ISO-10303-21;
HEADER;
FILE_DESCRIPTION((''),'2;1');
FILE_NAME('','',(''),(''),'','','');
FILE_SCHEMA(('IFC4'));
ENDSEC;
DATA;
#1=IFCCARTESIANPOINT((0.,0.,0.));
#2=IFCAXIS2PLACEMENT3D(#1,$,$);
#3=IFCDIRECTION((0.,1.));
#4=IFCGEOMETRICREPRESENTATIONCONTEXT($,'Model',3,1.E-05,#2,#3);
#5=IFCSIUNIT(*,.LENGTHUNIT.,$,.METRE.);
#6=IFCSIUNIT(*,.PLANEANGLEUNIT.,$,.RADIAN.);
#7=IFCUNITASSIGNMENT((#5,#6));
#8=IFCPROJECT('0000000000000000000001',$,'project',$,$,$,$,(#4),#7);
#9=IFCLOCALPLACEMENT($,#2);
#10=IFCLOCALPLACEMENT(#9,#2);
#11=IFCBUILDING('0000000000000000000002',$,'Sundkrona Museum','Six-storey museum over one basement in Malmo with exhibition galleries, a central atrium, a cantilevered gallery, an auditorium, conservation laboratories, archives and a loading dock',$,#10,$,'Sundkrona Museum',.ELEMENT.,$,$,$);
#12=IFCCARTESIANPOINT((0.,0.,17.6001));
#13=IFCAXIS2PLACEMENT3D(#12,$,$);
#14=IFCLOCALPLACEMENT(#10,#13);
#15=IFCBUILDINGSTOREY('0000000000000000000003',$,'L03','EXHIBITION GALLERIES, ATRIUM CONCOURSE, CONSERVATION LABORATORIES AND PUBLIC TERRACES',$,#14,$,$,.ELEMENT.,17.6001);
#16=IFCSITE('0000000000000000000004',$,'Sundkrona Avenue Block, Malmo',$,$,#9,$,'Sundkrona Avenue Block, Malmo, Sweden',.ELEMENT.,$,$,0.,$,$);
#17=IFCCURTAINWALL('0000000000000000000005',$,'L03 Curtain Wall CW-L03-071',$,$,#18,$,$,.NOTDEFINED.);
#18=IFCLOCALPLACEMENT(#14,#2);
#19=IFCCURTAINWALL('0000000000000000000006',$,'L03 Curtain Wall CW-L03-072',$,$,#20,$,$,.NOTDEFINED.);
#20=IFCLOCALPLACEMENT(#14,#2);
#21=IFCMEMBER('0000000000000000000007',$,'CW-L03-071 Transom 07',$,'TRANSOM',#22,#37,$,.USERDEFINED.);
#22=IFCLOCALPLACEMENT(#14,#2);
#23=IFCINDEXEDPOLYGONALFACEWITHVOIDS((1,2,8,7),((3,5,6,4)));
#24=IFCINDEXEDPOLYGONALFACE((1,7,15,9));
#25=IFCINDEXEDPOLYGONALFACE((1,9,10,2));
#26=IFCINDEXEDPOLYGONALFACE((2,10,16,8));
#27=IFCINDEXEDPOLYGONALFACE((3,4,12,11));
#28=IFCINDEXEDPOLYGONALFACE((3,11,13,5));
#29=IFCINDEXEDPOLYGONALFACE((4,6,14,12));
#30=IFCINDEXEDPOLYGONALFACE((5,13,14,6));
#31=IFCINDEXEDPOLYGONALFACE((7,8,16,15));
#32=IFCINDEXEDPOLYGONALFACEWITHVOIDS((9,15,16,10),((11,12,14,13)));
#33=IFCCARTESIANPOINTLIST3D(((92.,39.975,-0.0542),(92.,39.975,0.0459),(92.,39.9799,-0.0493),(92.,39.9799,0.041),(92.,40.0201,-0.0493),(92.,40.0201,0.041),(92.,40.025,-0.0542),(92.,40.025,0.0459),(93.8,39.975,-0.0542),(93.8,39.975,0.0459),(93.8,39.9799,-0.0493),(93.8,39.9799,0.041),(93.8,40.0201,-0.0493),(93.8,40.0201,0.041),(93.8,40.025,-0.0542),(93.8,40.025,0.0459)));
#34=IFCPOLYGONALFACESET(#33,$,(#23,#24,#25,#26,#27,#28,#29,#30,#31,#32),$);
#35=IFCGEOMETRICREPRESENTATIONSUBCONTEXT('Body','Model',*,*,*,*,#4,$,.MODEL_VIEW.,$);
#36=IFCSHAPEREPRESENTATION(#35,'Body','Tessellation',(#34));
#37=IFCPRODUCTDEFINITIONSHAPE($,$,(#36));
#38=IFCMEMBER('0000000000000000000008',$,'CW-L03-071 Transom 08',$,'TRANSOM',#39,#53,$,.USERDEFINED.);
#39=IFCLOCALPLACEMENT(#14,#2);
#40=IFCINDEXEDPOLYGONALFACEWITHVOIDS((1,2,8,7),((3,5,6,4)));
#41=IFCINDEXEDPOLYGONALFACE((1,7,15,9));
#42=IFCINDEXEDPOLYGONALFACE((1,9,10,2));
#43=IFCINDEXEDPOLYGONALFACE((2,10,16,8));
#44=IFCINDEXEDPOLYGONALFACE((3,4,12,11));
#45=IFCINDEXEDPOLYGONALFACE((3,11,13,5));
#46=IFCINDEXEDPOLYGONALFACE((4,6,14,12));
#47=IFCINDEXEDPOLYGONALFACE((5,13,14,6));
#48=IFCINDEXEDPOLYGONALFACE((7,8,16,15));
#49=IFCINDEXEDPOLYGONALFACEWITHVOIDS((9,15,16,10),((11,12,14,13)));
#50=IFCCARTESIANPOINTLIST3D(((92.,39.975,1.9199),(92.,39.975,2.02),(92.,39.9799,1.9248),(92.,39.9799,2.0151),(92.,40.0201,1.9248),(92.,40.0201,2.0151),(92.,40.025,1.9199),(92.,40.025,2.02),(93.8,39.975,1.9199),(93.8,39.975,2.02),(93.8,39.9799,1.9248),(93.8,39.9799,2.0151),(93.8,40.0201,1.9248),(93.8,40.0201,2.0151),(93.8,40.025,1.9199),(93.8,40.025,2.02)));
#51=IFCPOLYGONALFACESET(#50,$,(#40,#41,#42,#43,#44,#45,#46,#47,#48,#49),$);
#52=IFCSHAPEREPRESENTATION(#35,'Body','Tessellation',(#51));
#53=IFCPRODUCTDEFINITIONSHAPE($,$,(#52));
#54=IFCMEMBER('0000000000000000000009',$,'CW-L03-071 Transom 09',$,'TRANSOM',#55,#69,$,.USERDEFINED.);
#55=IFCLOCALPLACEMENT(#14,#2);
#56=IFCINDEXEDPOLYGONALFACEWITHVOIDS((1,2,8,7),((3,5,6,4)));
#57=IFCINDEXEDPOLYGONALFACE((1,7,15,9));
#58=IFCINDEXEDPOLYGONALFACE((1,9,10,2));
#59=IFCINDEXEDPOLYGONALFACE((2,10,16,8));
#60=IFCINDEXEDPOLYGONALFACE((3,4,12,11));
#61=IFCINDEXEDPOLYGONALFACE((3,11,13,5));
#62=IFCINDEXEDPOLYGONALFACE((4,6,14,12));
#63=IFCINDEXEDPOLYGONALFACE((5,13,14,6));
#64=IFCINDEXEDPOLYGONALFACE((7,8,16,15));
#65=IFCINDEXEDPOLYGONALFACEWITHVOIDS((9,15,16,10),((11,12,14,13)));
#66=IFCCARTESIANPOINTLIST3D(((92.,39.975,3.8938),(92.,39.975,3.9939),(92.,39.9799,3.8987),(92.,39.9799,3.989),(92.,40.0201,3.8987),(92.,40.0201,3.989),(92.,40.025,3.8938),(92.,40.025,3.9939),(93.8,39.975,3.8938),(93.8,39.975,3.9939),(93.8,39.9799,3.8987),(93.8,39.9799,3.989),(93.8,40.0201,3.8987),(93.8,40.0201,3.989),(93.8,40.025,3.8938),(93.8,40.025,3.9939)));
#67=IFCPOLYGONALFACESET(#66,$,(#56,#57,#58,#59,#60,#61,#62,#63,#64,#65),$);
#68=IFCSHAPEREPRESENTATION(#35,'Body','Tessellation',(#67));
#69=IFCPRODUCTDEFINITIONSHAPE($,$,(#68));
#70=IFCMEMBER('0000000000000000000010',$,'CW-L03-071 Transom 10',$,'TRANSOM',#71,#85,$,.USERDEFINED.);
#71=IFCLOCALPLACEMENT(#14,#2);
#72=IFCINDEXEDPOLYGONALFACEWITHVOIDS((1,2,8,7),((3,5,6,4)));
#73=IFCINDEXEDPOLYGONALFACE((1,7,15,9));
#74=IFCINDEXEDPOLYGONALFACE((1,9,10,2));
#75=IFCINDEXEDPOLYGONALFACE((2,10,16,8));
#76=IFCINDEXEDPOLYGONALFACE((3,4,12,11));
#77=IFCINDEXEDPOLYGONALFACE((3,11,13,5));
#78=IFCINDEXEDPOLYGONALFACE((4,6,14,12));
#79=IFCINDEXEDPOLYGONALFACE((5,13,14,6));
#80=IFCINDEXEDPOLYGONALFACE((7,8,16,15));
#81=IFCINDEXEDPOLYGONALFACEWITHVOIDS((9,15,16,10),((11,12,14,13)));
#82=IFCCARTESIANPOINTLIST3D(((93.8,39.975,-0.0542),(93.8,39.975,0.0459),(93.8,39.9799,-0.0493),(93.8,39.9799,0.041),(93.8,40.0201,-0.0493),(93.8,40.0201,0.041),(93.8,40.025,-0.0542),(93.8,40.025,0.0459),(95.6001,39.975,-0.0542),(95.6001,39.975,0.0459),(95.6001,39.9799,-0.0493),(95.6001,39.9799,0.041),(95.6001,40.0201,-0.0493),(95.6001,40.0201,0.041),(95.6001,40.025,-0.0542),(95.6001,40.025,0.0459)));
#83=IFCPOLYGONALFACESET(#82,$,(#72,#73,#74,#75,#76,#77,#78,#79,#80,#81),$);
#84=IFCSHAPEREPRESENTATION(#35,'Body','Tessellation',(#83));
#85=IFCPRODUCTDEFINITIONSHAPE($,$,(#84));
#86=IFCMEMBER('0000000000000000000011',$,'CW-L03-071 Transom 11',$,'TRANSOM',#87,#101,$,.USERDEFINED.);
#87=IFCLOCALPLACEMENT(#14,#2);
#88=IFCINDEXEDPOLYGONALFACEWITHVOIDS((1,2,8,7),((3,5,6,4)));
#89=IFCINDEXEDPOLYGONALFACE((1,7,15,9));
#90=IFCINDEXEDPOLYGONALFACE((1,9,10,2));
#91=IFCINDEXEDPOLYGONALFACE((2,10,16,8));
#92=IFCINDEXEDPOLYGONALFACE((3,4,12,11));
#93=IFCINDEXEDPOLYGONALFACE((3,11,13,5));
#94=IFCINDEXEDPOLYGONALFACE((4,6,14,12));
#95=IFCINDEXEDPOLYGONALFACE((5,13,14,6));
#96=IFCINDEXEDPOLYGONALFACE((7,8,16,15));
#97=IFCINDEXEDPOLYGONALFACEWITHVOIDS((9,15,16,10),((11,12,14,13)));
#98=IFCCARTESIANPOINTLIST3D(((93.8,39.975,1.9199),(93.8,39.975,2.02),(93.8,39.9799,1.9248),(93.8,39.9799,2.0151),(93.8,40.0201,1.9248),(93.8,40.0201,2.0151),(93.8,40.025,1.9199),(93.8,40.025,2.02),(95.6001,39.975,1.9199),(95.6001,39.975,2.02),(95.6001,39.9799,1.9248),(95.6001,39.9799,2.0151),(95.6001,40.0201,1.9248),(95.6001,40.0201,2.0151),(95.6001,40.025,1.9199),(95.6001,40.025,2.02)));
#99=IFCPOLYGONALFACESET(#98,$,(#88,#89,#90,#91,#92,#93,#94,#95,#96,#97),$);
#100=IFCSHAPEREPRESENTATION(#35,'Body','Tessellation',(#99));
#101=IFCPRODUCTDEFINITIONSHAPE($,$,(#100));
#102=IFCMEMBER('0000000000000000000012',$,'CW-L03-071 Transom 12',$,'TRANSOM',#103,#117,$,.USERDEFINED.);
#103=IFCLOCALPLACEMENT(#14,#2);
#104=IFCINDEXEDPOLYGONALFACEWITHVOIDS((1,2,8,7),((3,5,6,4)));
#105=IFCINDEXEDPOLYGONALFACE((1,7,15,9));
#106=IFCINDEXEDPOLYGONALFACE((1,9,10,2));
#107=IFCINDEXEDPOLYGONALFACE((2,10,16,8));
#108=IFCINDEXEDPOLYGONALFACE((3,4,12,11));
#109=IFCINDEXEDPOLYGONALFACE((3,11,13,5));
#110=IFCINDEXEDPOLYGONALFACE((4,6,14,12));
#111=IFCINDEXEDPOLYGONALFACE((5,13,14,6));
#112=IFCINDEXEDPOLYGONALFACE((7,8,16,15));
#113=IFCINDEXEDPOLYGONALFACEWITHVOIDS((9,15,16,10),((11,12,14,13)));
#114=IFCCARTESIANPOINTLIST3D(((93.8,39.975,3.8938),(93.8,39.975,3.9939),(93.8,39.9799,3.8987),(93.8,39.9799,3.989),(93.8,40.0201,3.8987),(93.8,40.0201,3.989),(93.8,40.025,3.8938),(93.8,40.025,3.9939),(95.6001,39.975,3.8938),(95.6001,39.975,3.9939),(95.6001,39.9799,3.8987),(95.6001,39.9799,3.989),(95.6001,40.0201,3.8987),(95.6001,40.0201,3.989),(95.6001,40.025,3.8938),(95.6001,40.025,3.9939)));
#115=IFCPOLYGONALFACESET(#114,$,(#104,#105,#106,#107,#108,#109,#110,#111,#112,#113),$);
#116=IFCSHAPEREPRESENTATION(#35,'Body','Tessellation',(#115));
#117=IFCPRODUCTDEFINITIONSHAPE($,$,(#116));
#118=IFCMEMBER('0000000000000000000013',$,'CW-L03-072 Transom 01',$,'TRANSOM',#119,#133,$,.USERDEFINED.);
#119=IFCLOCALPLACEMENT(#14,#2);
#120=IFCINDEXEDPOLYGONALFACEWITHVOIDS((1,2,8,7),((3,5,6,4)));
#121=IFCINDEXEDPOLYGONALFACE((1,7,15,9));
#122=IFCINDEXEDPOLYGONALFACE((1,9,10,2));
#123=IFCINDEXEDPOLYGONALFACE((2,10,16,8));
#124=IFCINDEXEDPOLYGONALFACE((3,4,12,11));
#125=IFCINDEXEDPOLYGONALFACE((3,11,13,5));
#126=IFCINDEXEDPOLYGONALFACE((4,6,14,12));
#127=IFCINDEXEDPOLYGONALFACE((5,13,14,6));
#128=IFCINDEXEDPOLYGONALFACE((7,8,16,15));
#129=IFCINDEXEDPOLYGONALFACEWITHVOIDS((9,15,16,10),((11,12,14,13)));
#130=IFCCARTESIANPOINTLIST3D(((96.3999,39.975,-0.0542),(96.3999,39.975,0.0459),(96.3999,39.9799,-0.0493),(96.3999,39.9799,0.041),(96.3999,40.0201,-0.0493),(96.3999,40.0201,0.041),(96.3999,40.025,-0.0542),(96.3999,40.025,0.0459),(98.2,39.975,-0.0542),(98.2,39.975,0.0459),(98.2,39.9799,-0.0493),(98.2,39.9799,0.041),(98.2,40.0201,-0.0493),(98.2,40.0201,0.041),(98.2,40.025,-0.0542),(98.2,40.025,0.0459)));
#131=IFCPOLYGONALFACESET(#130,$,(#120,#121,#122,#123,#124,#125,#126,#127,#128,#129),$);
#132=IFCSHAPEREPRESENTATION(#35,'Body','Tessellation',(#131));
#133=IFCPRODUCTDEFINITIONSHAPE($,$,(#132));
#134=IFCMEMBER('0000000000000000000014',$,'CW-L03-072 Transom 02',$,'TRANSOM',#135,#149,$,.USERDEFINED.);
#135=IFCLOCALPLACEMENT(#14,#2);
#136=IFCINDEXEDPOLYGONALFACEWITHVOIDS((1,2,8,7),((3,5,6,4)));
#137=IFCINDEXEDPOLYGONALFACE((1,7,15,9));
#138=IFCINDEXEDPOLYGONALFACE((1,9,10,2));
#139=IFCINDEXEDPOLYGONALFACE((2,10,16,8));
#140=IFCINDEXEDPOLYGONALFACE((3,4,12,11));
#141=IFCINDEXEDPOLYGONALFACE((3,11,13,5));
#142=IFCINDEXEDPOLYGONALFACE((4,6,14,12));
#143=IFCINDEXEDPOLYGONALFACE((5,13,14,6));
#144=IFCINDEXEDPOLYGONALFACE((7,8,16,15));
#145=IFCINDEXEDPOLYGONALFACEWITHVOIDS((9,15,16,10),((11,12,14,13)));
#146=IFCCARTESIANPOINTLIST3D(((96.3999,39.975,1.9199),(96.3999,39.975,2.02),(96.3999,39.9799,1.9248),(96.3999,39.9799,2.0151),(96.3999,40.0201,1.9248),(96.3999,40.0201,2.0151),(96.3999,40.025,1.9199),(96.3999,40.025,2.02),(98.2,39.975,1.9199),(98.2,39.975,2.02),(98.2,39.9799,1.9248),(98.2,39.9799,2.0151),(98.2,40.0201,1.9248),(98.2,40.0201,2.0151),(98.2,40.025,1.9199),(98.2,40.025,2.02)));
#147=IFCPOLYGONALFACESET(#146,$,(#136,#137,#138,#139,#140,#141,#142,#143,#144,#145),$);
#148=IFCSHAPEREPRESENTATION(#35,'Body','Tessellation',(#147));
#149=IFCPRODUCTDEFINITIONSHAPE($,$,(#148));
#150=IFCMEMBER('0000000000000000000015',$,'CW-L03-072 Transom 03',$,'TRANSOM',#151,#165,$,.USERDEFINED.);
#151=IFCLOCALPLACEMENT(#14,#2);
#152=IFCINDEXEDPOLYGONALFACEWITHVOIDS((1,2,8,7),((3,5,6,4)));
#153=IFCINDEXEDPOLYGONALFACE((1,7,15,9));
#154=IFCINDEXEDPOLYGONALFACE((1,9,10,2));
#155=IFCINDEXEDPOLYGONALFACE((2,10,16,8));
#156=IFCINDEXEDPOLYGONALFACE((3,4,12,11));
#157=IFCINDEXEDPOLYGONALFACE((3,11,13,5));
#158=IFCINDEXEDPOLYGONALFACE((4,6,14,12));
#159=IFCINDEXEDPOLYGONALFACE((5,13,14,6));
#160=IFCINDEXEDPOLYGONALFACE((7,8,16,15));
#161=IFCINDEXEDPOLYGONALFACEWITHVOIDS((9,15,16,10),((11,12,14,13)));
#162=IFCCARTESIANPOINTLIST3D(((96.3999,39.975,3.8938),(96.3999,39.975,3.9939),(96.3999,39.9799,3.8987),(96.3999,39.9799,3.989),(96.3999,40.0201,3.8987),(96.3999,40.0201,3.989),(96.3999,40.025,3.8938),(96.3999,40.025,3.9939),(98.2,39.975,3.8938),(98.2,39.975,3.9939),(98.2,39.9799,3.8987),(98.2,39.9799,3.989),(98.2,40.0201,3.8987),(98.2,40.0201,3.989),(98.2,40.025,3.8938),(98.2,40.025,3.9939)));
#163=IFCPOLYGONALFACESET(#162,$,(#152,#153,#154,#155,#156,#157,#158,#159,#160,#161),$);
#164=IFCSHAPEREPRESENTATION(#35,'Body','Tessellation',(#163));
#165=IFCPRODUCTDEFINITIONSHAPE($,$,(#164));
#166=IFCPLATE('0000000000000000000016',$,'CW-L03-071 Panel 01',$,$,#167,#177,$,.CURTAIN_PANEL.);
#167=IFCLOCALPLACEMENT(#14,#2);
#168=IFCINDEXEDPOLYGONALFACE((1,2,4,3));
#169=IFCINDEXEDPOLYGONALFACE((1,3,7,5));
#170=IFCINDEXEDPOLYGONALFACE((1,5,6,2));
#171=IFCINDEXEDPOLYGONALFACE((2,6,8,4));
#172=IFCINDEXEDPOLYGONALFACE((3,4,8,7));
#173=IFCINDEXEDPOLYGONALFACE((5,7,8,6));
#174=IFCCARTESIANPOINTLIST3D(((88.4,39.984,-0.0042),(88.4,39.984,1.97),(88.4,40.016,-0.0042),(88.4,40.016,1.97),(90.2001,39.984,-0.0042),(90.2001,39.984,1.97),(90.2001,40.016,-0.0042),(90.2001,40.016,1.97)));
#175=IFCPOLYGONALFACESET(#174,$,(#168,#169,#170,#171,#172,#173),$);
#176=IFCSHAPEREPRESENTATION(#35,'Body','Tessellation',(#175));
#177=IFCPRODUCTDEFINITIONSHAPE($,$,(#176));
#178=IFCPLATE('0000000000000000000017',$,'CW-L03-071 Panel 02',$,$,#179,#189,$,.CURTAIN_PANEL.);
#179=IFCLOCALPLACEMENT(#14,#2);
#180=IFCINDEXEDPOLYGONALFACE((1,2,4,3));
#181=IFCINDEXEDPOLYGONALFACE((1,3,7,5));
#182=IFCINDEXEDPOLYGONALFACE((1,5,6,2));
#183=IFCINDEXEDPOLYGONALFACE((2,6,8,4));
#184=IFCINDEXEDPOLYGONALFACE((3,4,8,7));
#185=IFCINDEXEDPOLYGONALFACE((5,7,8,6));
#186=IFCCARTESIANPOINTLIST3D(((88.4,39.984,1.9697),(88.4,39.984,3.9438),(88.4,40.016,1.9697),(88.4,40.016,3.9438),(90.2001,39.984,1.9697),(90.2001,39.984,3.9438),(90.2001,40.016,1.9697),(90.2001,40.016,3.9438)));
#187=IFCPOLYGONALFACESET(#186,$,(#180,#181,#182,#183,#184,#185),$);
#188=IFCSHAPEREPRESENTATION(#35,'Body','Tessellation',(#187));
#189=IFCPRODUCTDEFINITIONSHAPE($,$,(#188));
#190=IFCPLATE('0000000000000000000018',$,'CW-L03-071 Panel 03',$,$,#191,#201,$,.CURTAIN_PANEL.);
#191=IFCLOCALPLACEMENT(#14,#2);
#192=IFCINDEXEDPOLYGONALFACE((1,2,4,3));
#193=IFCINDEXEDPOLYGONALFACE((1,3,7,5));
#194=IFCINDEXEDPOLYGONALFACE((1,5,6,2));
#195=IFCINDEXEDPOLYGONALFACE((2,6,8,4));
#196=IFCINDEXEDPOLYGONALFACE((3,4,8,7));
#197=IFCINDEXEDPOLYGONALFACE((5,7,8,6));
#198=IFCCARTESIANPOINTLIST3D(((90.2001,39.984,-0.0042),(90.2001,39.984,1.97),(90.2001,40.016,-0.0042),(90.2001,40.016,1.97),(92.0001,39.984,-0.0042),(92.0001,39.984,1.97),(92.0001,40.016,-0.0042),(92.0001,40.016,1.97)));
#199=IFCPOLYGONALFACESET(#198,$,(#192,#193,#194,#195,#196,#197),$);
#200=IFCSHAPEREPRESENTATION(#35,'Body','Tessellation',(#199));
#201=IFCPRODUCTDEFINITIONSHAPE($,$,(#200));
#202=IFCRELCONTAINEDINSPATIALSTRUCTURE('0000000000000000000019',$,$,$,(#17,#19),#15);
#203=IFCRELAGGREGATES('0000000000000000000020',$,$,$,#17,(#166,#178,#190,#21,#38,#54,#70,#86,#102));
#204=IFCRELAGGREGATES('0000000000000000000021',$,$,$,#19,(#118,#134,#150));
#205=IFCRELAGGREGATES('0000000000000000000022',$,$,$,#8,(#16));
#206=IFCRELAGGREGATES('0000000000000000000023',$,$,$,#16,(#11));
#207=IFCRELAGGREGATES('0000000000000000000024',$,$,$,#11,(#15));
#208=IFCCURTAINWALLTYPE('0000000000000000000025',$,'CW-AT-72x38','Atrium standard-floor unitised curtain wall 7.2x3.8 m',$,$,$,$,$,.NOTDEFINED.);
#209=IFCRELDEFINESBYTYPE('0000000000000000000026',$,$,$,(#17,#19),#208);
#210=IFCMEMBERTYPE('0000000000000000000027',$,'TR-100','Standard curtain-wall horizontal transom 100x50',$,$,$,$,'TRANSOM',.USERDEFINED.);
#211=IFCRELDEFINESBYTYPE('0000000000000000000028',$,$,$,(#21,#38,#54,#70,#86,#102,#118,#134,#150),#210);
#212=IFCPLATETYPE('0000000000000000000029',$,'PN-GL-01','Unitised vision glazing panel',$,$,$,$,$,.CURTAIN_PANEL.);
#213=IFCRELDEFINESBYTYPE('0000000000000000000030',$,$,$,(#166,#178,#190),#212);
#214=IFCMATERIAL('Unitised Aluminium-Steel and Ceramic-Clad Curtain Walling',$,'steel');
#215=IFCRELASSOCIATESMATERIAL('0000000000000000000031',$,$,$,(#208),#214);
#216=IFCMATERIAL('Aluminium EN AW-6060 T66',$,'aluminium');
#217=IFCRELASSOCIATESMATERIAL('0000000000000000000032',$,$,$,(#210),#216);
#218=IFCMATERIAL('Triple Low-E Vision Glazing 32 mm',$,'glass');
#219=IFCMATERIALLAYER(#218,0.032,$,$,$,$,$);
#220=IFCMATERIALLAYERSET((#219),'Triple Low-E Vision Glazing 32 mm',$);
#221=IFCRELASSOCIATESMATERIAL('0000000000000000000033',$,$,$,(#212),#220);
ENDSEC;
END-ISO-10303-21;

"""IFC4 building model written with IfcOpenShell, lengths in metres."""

from ifc_helpers import new_model, si_unit, direction, frame, origin, origin_2d, place, context, subcontext, project, spatial, rectangle, hollow_rectangle, extrude, material, layer, layer_set, material_profile, profile_set, type_object, element, aggregate, save


model = new_model("IFC4")

# Units and contexts
model_context = context("Model", 3, precision=1e-05, world=origin(), true_north=direction((0.0, 1.0)))
body_context = subcontext(model_context, "Body", "Model", "MODEL_VIEW")
ifc_project = project(units=[si_unit("LENGTHUNIT", "METRE"), si_unit("PLANEANGLEUNIT", "RADIAN")], contexts=[model_context])

# Site, building, storey
site_placement = place(None, origin())
site = spatial("IfcSite", under=ifc_project, at=site_placement, Name="Sundkrona Avenue Block, Malmo", LongName="Sundkrona Avenue Block, Malmo, Sweden", CompositionType="ELEMENT", RefElevation=0.0)
building_placement = place(site_placement, origin())
building = spatial("IfcBuilding", under=site, at=building_placement, Name="Sundkrona Museum", Description="Six-storey museum over one basement in Malmo with exhibition galleries, a central atrium, a cantilevered gallery, an auditorium, conservation laboratories, archives and a loading dock", LongName="Sundkrona Museum", CompositionType="ELEMENT")
storey_placement = place(building_placement, frame((0.0, 0.0, 17.6001)))
storey = spatial("IfcBuildingStorey", under=building, at=storey_placement, Name="L03", Description="EXHIBITION GALLERIES, ATRIUM CONCOURSE, CONSERVATION LABORATORIES AND PUBLIC TERRACES", CompositionType="ELEMENT", Elevation=17.6001)

# Curtain walls
ifc_material_1 = material(Name="Unitised Aluminium-Steel and Ceramic-Clad Curtain Walling", Category="steel")
curtain_wall_type = type_object("IfcCurtainWallType", Name="CW-AT-72x38", Description="Atrium standard-floor unitised curtain wall 7.2x3.8 m", PredefinedType="NOTDEFINED", material=ifc_material_1)
curtain_wall_1_placement = place(storey_placement, origin())
curtain_wall_1 = element("IfcCurtainWall", 1, at=curtain_wall_1_placement, inside=storey, type_object=curtain_wall_type, Name="L03 Curtain Wall CW-L03-071", PredefinedType="NOTDEFINED")
ifc_material_2 = material(Name="Aluminium EN AW-6060 T66", Category="aluminium")
curtain_wall_2_placement = place(storey_placement, origin())
curtain_wall_2 = element("IfcCurtainWall", 2, at=curtain_wall_2_placement, inside=storey, type_object=curtain_wall_type, Name="L03 Curtain Wall CW-L03-072", PredefinedType="NOTDEFINED")

# Members
ifc_material_profile_1 = material_profile(ifc_material_2, hollow_rectangle(XDim=0.05, YDim=0.1001, WallThickness=0.0049, at=origin_2d()), Name="RHS 100x50x5.0")
ifc_profile_set_1 = profile_set([ifc_material_profile_1], Name="Aluminium EN AW-6060 T66")
member_type_1 = type_object("IfcMemberType", Name="TR-100", Description="Standard curtain-wall horizontal transom 100x50", ElementType="TRANSOM", PredefinedType="USERDEFINED", material=ifc_profile_set_1)
member_1_placement = place(storey_placement, frame((92.0, 40.0, -0.0042), z_axis=(1.0, 0.0, 0.0), x_axis=(0.0, 1.0, 0.0)))
member_1 = element("IfcMember", 3, at=member_1_placement, type_object=member_type_1, Name="CW-L03-071 Transom 07", ObjectType="TRANSOM", PredefinedType="USERDEFINED", context=body_context, shape_type="SweptSolid", body=[
    extrude(hollow_rectangle(XDim=0.05, YDim=0.1001, WallThickness=0.0049, at=origin_2d()), origin(), (0.0, 0.0, 1.0), 1.8),
])
member_2_placement = place(storey_placement, frame((92.0, 40.0, 1.97), z_axis=(1.0, 0.0, 0.0), x_axis=(0.0, 1.0, 0.0)))
member_2 = element("IfcMember", 4, at=member_2_placement, type_object=member_type_1, Name="CW-L03-071 Transom 08", ObjectType="TRANSOM", PredefinedType="USERDEFINED", context=body_context, shape_type="SweptSolid", body=[
    extrude(hollow_rectangle(XDim=0.05, YDim=0.1001, WallThickness=0.0049, at=origin_2d()), origin(), (0.0, 0.0, 1.0), 1.8),
])
member_3_placement = place(storey_placement, frame((92.0, 40.0, 3.9438), z_axis=(1.0, 0.0, 0.0), x_axis=(0.0, 1.0, 0.0)))
member_3 = element("IfcMember", 5, at=member_3_placement, type_object=member_type_1, Name="CW-L03-071 Transom 09", ObjectType="TRANSOM", PredefinedType="USERDEFINED", context=body_context, shape_type="SweptSolid", body=[
    extrude(hollow_rectangle(XDim=0.05, YDim=0.1001, WallThickness=0.0049, at=origin_2d()), origin(), (0.0, 0.0, 1.0), 1.8),
])
member_4_placement = place(storey_placement, frame((93.8, 40.0, -0.0042), z_axis=(1.0, 0.0, 0.0), x_axis=(0.0, 1.0, 0.0)))
member_4 = element("IfcMember", 6, at=member_4_placement, type_object=member_type_1, Name="CW-L03-071 Transom 10", ObjectType="TRANSOM", PredefinedType="USERDEFINED", context=body_context, shape_type="SweptSolid", body=[
    extrude(hollow_rectangle(XDim=0.05, YDim=0.1001, WallThickness=0.0049, at=origin_2d()), origin(), (0.0, 0.0, 1.0), 1.8),
])
member_5_placement = place(storey_placement, frame((93.8, 40.0, 1.97), z_axis=(1.0, 0.0, 0.0), x_axis=(0.0, 1.0, 0.0)))
member_5 = element("IfcMember", 7, at=member_5_placement, type_object=member_type_1, Name="CW-L03-071 Transom 11", ObjectType="TRANSOM", PredefinedType="USERDEFINED", context=body_context, shape_type="SweptSolid", body=[
    extrude(hollow_rectangle(XDim=0.05, YDim=0.1001, WallThickness=0.0049, at=origin_2d()), origin(), (0.0, 0.0, 1.0), 1.8),
])
member_6_placement = place(storey_placement, frame((93.8, 40.0, 3.9438), z_axis=(1.0, 0.0, 0.0), x_axis=(0.0, 1.0, 0.0)))
member_6 = element("IfcMember", 8, at=member_6_placement, type_object=member_type_1, Name="CW-L03-071 Transom 12", ObjectType="TRANSOM", PredefinedType="USERDEFINED", context=body_context, shape_type="SweptSolid", body=[
    extrude(hollow_rectangle(XDim=0.05, YDim=0.1001, WallThickness=0.0049, at=origin_2d()), origin(), (0.0, 0.0, 1.0), 1.8),
])
member_7_placement = place(storey_placement, frame((96.3999, 40.0, -0.0042), z_axis=(1.0, 0.0, 0.0), x_axis=(0.0, 1.0, 0.0)))
member_7 = element("IfcMember", 9, at=member_7_placement, type_object=member_type_1, Name="CW-L03-072 Transom 01", ObjectType="TRANSOM", PredefinedType="USERDEFINED", context=body_context, shape_type="SweptSolid", body=[
    extrude(hollow_rectangle(XDim=0.05, YDim=0.1001, WallThickness=0.0049, at=origin_2d()), origin(), (0.0, 0.0, 1.0), 1.8),
])
member_8_placement = place(storey_placement, frame((96.3999, 40.0, 1.97), z_axis=(1.0, 0.0, 0.0), x_axis=(0.0, 1.0, 0.0)))
member_8 = element("IfcMember", 10, at=member_8_placement, type_object=member_type_1, Name="CW-L03-072 Transom 02", ObjectType="TRANSOM", PredefinedType="USERDEFINED", context=body_context, shape_type="SweptSolid", body=[
    extrude(hollow_rectangle(XDim=0.05, YDim=0.1001, WallThickness=0.0049, at=origin_2d()), origin(), (0.0, 0.0, 1.0), 1.8),
])
member_9_placement = place(storey_placement, frame((96.3999, 40.0, 3.9438), z_axis=(1.0, 0.0, 0.0), x_axis=(0.0, 1.0, 0.0)))
member_9 = element("IfcMember", 11, at=member_9_placement, type_object=member_type_1, Name="CW-L03-072 Transom 03", ObjectType="TRANSOM", PredefinedType="USERDEFINED", context=body_context, shape_type="SweptSolid", body=[
    extrude(hollow_rectangle(XDim=0.05, YDim=0.1001, WallThickness=0.0049, at=origin_2d()), origin(), (0.0, 0.0, 1.0), 1.8),
])

# Plates
ifc_material_3 = material(Name="Triple Low-E Vision Glazing 32 mm", Category="glass")
ifc_layer = layer(ifc_material_3, 0.032)
ifc_layer_set = layer_set([ifc_layer], Name="Triple Low-E Vision Glazing 32 mm")
plate_type = type_object("IfcPlateType", Name="PN-GL-01", Description="Unitised vision glazing panel", PredefinedType="CURTAIN_PANEL", material=ifc_layer_set)
plate_1_placement = place(storey_placement, frame((89.3, 40.0, -0.0042), z_axis=(0.0, 0.0, 1.0), x_axis=(1.0, 0.0, 0.0)))
plate_1 = element("IfcPlate", 12, at=plate_1_placement, type_object=plate_type, Name="CW-L03-071 Panel 01", PredefinedType="CURTAIN_PANEL", context=body_context, shape_type="SweptSolid", body=[
    extrude(rectangle(XDim=1.8, YDim=0.032, at=origin_2d()), origin(), (0.0, 0.0, 1.0), 1.9741),
])
plate_2_placement = place(storey_placement, frame((89.3, 40.0, 1.9697), z_axis=(0.0, 0.0, 1.0), x_axis=(1.0, 0.0, 0.0)))
plate_2 = element("IfcPlate", 13, at=plate_2_placement, type_object=plate_type, Name="CW-L03-071 Panel 02", PredefinedType="CURTAIN_PANEL", context=body_context, shape_type="SweptSolid", body=[
    extrude(rectangle(XDim=1.8, YDim=0.032, at=origin_2d()), origin(), (0.0, 0.0, 1.0), 1.9741),
])
plate_3_placement = place(storey_placement, frame((91.1001, 40.0, -0.0042), z_axis=(0.0, 0.0, 1.0), x_axis=(1.0, 0.0, 0.0)))
plate_3 = element("IfcPlate", 14, at=plate_3_placement, type_object=plate_type, Name="CW-L03-071 Panel 03", PredefinedType="CURTAIN_PANEL", context=body_context, shape_type="SweptSolid", body=[
    extrude(rectangle(XDim=1.8, YDim=0.032, at=origin_2d()), origin(), (0.0, 0.0, 1.0), 1.9741),
])
aggregate(curtain_wall_1, [plate_1, plate_2, plate_3, member_1, member_2, member_3, member_4, member_5, member_6])
aggregate(curtain_wall_2, [member_7, member_8, member_9])

save(model, "model.ifc")
